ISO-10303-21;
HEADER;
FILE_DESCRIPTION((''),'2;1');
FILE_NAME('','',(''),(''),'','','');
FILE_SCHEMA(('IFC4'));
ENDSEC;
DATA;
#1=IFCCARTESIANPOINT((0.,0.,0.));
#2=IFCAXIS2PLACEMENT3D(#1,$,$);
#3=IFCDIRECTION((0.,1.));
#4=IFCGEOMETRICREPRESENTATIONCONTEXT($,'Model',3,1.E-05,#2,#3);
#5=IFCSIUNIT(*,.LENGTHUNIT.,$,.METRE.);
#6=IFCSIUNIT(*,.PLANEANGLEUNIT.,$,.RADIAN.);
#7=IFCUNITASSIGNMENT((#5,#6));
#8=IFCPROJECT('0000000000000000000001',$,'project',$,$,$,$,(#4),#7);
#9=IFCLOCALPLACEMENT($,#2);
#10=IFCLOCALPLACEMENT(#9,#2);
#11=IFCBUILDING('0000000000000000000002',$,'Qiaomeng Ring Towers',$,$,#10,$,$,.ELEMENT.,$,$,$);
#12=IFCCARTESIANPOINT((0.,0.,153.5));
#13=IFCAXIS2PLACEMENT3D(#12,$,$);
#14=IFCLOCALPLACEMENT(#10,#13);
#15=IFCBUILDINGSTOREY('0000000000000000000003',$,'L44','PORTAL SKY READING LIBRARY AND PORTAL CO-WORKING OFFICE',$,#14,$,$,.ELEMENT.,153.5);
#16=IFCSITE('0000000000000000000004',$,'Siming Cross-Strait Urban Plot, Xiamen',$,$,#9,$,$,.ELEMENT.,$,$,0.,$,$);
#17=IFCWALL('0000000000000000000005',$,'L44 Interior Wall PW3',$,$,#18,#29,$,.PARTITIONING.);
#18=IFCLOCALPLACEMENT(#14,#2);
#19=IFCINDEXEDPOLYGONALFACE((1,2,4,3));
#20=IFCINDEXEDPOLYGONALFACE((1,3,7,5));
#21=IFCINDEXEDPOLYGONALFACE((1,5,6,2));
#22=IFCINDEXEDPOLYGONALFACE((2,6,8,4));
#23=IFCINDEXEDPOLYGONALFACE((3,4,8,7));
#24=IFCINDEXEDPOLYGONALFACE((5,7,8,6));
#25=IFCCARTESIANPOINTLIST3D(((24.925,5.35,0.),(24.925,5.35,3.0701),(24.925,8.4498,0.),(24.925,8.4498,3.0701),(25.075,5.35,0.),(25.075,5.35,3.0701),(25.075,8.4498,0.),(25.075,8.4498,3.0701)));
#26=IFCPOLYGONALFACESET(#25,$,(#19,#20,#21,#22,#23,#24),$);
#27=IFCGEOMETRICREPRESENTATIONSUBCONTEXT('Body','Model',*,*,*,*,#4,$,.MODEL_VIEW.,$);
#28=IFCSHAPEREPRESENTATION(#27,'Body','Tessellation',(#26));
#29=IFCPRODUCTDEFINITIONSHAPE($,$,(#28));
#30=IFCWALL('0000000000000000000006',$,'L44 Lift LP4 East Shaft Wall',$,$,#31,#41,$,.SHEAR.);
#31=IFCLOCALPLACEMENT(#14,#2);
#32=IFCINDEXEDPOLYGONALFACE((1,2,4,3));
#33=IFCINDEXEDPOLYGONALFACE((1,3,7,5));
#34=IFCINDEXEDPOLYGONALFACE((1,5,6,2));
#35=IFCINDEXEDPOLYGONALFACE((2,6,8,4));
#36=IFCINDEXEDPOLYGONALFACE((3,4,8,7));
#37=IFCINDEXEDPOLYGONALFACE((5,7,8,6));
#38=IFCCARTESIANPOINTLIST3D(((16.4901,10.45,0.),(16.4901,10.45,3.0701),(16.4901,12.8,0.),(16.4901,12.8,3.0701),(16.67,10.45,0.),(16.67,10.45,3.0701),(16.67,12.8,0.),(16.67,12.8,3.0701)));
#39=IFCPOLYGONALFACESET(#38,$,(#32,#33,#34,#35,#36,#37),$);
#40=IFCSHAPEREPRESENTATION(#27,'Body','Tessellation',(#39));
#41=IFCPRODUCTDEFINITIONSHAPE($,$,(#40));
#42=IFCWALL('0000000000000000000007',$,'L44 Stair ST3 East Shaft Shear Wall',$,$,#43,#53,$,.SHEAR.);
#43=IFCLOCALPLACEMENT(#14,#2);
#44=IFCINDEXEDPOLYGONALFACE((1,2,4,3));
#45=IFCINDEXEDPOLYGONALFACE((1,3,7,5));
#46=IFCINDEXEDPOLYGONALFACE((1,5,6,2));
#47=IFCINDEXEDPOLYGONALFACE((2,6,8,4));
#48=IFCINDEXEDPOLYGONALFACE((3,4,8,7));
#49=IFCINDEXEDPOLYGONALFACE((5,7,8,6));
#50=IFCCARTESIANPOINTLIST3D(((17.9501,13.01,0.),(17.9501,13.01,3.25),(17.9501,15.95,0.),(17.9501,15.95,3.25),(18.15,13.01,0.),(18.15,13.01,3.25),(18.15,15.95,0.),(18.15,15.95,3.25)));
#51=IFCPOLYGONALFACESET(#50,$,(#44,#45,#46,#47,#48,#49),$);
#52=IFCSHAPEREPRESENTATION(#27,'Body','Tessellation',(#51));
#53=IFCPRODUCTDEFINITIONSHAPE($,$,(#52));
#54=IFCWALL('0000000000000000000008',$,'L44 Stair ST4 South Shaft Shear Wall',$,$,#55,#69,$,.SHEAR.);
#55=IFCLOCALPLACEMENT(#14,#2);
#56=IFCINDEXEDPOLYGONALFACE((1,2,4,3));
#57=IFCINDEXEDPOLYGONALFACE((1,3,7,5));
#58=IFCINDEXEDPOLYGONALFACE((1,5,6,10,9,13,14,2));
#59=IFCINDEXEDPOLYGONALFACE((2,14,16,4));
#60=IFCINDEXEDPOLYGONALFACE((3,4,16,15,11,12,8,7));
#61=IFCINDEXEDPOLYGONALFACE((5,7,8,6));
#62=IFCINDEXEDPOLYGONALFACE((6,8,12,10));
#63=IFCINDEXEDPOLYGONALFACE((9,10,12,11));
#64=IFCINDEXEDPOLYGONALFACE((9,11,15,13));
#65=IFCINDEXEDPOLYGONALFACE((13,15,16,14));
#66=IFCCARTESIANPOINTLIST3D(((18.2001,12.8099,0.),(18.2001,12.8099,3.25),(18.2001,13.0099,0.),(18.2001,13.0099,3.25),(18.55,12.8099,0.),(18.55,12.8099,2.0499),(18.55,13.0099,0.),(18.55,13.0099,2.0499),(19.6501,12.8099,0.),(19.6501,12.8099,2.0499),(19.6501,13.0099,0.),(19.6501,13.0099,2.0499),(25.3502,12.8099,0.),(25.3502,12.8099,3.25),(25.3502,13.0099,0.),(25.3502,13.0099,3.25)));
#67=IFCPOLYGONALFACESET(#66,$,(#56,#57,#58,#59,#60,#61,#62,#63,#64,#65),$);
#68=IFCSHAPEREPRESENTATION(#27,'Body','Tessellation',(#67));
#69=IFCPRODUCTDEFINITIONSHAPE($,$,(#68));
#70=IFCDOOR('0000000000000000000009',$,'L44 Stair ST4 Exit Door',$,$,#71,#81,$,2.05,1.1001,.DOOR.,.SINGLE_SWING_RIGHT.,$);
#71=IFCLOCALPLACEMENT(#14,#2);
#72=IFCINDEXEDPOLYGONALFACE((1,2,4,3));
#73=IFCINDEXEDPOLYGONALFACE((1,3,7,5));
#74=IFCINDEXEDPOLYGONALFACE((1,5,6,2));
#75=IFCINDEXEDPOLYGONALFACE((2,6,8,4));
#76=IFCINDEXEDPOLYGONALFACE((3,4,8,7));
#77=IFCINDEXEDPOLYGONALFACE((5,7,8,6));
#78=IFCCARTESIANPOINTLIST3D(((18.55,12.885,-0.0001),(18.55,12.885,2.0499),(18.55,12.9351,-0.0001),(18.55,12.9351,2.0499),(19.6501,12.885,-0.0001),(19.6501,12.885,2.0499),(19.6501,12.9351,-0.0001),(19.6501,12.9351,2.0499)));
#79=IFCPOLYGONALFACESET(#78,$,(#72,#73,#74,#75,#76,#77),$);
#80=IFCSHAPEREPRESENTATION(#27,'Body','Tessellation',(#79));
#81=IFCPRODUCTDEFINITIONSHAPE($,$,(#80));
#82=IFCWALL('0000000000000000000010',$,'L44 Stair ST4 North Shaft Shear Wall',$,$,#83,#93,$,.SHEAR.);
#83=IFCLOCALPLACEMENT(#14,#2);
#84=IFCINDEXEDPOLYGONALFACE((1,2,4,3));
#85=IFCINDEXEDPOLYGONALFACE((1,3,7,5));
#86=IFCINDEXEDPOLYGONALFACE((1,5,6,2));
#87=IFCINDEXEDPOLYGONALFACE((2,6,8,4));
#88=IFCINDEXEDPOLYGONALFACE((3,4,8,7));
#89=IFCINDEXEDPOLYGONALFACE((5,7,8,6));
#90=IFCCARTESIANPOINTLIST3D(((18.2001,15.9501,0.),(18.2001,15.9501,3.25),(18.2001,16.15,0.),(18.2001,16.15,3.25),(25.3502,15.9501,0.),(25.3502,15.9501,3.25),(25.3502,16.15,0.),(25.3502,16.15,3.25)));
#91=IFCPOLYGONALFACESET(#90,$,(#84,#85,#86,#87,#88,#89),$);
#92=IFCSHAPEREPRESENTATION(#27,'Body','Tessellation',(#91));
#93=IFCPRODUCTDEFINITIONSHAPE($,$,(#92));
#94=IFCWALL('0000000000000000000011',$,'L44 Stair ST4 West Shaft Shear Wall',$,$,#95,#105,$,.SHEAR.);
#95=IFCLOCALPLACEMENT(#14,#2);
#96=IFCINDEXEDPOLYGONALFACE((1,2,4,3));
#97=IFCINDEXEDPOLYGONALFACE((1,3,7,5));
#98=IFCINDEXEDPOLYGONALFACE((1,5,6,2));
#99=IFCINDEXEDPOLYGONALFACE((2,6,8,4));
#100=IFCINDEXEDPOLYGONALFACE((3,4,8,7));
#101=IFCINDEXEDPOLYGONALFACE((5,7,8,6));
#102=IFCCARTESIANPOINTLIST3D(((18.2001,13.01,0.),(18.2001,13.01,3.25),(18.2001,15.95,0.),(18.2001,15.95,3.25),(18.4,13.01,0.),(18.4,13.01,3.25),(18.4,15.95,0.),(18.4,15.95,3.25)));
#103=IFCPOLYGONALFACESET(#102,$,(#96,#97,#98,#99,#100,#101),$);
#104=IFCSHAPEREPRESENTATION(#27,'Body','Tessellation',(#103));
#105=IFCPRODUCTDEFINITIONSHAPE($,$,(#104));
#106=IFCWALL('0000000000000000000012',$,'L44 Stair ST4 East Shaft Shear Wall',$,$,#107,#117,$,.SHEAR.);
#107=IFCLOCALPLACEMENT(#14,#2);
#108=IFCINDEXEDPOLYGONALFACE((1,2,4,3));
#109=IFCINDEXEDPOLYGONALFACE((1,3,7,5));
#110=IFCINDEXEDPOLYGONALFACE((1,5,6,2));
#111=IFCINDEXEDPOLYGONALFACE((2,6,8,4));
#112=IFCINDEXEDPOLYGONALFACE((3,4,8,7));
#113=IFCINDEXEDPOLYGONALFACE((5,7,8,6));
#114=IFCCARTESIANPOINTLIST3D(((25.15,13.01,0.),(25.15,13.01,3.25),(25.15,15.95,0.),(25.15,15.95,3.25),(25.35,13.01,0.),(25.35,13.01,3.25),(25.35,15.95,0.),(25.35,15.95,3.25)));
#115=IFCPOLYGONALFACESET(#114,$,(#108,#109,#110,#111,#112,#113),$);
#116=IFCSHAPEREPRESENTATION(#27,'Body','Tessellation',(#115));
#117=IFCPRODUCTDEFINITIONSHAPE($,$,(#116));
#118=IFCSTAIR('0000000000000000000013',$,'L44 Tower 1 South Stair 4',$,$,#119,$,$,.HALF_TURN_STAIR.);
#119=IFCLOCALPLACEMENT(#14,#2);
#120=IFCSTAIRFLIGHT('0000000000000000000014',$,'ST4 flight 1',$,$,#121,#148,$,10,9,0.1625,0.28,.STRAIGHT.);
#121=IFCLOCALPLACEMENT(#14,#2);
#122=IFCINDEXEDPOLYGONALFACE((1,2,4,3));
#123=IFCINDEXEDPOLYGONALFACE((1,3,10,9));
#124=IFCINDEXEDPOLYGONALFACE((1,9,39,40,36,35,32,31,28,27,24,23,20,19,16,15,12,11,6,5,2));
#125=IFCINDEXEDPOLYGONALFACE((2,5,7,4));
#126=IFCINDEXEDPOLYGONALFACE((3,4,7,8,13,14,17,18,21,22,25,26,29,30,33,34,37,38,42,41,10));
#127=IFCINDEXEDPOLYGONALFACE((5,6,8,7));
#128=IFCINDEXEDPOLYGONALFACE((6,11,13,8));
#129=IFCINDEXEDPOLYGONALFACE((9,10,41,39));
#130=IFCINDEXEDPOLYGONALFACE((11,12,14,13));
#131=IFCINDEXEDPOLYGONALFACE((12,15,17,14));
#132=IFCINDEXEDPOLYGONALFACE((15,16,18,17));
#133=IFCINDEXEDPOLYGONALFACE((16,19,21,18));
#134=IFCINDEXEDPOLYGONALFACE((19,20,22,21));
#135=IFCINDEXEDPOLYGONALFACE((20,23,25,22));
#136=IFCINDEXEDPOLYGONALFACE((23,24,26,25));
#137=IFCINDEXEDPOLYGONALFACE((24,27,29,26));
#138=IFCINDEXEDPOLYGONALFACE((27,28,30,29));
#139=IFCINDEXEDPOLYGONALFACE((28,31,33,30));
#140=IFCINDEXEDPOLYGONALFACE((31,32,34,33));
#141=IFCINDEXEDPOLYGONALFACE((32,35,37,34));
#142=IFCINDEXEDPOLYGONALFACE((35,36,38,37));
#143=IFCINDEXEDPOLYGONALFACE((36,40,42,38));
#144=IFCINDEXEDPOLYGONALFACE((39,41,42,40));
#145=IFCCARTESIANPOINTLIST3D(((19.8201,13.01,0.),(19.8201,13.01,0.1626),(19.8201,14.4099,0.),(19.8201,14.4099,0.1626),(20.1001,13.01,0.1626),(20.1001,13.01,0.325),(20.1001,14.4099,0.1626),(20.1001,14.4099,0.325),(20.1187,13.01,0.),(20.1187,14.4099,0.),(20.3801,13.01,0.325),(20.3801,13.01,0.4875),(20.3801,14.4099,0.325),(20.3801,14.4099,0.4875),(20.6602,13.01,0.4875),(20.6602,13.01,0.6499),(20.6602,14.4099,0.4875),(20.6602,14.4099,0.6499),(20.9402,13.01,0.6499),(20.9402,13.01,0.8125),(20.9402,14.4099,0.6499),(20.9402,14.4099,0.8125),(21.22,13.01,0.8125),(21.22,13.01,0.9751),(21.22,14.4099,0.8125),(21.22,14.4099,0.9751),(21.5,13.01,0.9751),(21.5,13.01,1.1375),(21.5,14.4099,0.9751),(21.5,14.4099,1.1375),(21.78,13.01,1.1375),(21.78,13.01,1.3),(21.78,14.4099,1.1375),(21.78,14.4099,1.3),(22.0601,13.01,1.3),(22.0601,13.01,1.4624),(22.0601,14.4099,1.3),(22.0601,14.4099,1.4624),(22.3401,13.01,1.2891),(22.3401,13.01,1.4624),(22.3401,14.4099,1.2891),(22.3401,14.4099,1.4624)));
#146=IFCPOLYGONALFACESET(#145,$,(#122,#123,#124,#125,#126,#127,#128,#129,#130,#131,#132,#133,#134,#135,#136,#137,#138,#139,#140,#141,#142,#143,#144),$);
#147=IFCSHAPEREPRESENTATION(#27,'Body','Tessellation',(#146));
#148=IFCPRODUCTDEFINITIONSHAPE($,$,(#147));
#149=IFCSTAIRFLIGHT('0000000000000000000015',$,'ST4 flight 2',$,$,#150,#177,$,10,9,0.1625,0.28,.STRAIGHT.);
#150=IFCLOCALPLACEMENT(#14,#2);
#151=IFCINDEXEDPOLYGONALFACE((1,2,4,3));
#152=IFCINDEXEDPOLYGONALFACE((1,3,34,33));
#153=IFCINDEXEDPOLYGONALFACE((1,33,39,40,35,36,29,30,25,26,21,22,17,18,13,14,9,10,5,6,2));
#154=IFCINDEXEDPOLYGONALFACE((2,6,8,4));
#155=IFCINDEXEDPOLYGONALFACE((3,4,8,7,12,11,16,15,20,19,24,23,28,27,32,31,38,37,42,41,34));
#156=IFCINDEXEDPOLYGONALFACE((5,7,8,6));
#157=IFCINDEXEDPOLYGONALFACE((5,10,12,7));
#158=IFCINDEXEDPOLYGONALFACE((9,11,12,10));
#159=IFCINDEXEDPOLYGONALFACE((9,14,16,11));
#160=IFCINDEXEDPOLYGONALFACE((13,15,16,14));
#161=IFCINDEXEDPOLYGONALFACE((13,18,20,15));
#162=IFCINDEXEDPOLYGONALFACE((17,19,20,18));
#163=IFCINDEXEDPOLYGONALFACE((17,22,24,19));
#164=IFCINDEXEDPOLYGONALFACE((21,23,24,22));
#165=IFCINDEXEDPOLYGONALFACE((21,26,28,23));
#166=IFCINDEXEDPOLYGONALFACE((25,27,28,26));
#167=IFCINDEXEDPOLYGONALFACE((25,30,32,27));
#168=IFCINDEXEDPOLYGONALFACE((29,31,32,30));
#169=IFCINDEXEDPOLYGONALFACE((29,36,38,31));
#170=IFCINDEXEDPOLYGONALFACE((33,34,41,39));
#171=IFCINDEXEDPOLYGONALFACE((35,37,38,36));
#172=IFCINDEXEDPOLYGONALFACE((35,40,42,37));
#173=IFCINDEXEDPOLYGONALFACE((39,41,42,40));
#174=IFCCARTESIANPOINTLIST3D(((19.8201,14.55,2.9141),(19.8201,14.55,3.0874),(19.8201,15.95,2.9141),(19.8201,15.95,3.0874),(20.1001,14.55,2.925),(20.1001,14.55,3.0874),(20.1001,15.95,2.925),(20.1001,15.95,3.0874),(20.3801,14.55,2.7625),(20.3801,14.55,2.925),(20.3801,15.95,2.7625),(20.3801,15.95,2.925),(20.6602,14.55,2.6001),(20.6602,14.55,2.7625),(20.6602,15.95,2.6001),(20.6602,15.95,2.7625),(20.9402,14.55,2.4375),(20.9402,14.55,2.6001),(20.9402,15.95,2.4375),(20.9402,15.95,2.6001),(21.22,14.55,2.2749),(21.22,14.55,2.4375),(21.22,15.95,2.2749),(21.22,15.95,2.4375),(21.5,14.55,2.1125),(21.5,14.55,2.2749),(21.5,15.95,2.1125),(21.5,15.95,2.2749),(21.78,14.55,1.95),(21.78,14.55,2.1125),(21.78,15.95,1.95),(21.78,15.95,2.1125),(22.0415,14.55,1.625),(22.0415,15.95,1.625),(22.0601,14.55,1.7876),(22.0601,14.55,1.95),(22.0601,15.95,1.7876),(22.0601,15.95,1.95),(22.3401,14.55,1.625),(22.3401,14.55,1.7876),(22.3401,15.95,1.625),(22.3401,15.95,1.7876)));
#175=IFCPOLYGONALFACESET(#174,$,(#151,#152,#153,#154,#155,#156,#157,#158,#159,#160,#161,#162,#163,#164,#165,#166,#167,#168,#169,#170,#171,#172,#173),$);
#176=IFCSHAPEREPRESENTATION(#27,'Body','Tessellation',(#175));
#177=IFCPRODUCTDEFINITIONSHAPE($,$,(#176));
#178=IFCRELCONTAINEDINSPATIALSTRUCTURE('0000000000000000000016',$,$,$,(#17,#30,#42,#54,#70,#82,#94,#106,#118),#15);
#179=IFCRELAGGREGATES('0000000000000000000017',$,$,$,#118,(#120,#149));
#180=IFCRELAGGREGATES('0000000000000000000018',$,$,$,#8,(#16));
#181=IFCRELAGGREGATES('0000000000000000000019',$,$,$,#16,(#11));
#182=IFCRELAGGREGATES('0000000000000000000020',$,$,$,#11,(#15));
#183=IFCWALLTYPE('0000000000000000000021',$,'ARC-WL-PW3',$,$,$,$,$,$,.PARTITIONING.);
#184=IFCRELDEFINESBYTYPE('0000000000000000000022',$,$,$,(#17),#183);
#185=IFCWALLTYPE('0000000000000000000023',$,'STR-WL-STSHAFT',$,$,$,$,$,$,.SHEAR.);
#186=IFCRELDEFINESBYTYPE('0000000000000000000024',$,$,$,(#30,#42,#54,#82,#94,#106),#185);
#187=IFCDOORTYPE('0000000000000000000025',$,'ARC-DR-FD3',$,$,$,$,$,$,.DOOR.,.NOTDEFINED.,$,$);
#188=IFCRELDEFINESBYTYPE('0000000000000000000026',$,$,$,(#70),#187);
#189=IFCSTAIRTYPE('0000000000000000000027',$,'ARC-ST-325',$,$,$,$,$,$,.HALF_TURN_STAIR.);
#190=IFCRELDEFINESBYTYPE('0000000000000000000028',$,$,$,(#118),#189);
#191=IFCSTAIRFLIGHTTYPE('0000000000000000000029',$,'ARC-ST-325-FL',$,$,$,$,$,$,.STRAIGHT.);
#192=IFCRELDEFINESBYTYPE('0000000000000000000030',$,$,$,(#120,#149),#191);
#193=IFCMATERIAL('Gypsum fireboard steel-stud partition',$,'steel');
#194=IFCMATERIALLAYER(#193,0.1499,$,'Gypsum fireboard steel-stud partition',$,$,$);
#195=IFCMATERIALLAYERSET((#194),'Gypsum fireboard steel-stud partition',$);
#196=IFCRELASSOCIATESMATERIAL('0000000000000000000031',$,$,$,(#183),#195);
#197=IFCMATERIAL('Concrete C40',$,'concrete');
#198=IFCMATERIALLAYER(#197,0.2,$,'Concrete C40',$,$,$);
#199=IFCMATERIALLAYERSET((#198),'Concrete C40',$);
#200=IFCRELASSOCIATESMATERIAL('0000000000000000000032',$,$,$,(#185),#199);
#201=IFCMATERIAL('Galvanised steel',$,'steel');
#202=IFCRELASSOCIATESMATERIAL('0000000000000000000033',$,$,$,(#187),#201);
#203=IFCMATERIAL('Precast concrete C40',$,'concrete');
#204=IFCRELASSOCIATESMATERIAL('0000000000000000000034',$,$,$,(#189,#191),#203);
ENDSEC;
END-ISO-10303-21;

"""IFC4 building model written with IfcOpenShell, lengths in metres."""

from ifc_helpers import new_model, si_unit, direction, frame, frame_2d, origin, place, context, subcontext, project, spatial, polyline, rectangle, outline, extrude, source, transform, mapped, material, layer, layer_set, type_object, element, fill, aggregate, save


model = new_model("IFC4")

# Units and contexts
model_context = context("Model", 3, precision=1e-05, world=origin(), true_north=direction((0.0, 1.0)))
body_context = subcontext(model_context, "Body", "Model", "MODEL_VIEW")
ifc_project = project(units=[si_unit("LENGTHUNIT", "METRE"), si_unit("PLANEANGLEUNIT", "RADIAN")], contexts=[model_context])

# Site, building, storey
site_placement = place(None, origin())
site = spatial("IfcSite", under=ifc_project, at=site_placement, Name="Siming Cross-Strait Urban Plot, Xiamen", CompositionType="ELEMENT", RefElevation=0.0)
building_placement = place(site_placement, origin())
building = spatial("IfcBuilding", under=site, at=building_placement, Name="Qiaomeng Ring Towers", CompositionType="ELEMENT")
storey_placement = place(building_placement, frame((0.0, 0.0, 153.5)))
storey = spatial("IfcBuildingStorey", under=building, at=storey_placement, Name="L44", Description="PORTAL SKY READING LIBRARY AND PORTAL CO-WORKING OFFICE", CompositionType="ELEMENT", Elevation=153.5)

# Walls
ifc_material_1 = material(Name="Gypsum fireboard steel-stud partition", Category="steel")
ifc_layer_1 = layer(ifc_material_1, 0.1499, Name="Gypsum fireboard steel-stud partition")
ifc_layer_set_1 = layer_set([ifc_layer_1], Name="Gypsum fireboard steel-stud partition")
wall_type_1 = type_object("IfcWallType", Name="ARC-WL-PW3", PredefinedType="PARTITIONING", material=ifc_layer_set_1)
for number, where, z_axis, x_axis, name in (
    (1, (25.0, 5.3501, 0.0), (0.0, 0.0, 1.0), (0.0, 1.0, 0.0), "L44 Interior Wall PW3"),
):
    element("IfcWall", number, at=place(storey_placement, frame(where, z_axis=z_axis, x_axis=x_axis)), inside=storey, type_object=wall_type_1, Name=name, PredefinedType="PARTITIONING", context=body_context, shape_type="SweptSolid", body=[
        extrude(rectangle(XDim=3.0999, YDim=0.1499, at=frame_2d((1.5498, 0.0))), origin(), (0.0, 0.0, 1.0), 3.0701),
    ])
ifc_material_2 = material(Name="Concrete C40", Category="concrete")
ifc_layer_2 = layer(ifc_material_2, 0.2, Name="Concrete C40")
ifc_layer_set_2 = layer_set([ifc_layer_2], Name="Concrete C40")
wall_type_2 = type_object("IfcWallType", Name="STR-WL-STSHAFT", PredefinedType="SHEAR", material=ifc_layer_set_2)
wall_1_placement = place(storey_placement, frame((16.5801, 10.45, 0.0), z_axis=(0.0, 0.0, 1.0), x_axis=(0.0, 1.0, 0.0)))
element("IfcWall", 2, at=wall_1_placement, inside=storey, type_object=wall_type_2, Name="L44 Lift LP4 East Shaft Wall", PredefinedType="SHEAR", context=body_context, shape_type="SweptSolid", body=[
    extrude(rectangle(XDim=2.3501, YDim=0.1799, at=frame_2d((1.175, 0.0))), origin(), (0.0, 0.0, 1.0), 3.0701),
])
wall_2_placement = place(storey_placement, frame((18.05, 13.01, 0.0), z_axis=(0.0, 0.0, 1.0), x_axis=(0.0, 1.0, 0.0)))
element("IfcWall", 3, at=wall_2_placement, inside=storey, type_object=wall_type_2, Name="L44 Stair ST3 East Shaft Shear Wall", PredefinedType="SHEAR", context=body_context, shape_type="SweptSolid", body=[
    extrude(rectangle(XDim=2.9399, YDim=0.2, at=frame_2d((1.47, 0.0))), origin(), (0.0, 0.0, 1.0), 3.25),
])

# Wall, opening, door
wall_3_placement = place(storey_placement, frame((18.2, 12.9099, 0.0), z_axis=(0.0, 0.0, 1.0), x_axis=(1.0, 0.0, 0.0)))
wall_3 = element("IfcWall", 4, at=wall_3_placement, inside=storey, type_object=wall_type_2, Name="L44 Stair ST4 South Shaft Shear Wall", PredefinedType="SHEAR", context=body_context, shape_type="SweptSolid", body=[
    extrude(rectangle(XDim=7.1501, YDim=0.2, at=frame_2d((3.5752, 0.0))), origin(), (0.0, 0.0, 1.0), 3.25),
])
opening_placement = place(wall_3_placement, frame((0.3501, 0.0, 0.0)))
opening = element("IfcOpeningElement", 5, at=opening_placement, cuts=wall_3, PredefinedType="OPENING", context=body_context, shape_type="SweptSolid", body=[
    extrude(rectangle(XDim=1.1001, YDim=2.05, at=frame_2d((0.55, 1.0249))), frame((0.0, 0.1099, 0.0), z_axis=(0.0, -1.0, 0.0), x_axis=(1.0, 0.0, 0.0)), (0.0, 0.0, 1.0), 0.22),
])
ifc_material_3 = material(Name="Galvanised steel", Category="steel")
door_type = type_object("IfcDoorType", Name="ARC-DR-FD3", OperationType="NOTDEFINED", PredefinedType="DOOR", material=ifc_material_3)
shared_shape_1 = source(origin(), body_context, "Body", "SweptSolid", [
    extrude(rectangle(XDim=1.1001, YDim=2.05, at=frame_2d((0.55, 1.0249))), frame((0.0, 0.0249, 0.0), z_axis=(0.0, -1.0, 0.0), x_axis=(1.0, 0.0, 0.0)), (0.0, 0.0, 1.0), 0.05),
])
door_placement = place(opening_placement, frame((1.1001, 0.0, 0.0), z_axis=(0.0, 0.0, 1.0), x_axis=(-1.0, 0.0, 0.0)))
door = element("IfcDoor", 6, at=door_placement, inside=storey, type_object=door_type, Name="L44 Stair ST4 Exit Door", OperationType="SINGLE_SWING_RIGHT", OverallHeight=2.05, OverallWidth=1.1001, PredefinedType="DOOR", context=body_context, shape_type="MappedRepresentation", body=[
    mapped(shared_shape_1, transform((0.0, 0.0, 0.0), x_axis=(1.0, 0.0, 0.0), y_axis=(0.0, 1.0, 0.0), z_axis=(0.0, 0.0, 1.0), scale=1.0)),
])
fill(opening, door)

# Walls
wall_4_placement = place(storey_placement, frame((18.2, 16.05, 0.0), z_axis=(0.0, 0.0, 1.0), x_axis=(1.0, 0.0, 0.0)))
element("IfcWall", 7, at=wall_4_placement, inside=storey, type_object=wall_type_2, Name="L44 Stair ST4 North Shaft Shear Wall", PredefinedType="SHEAR", context=body_context, shape_type="SweptSolid", body=[
    extrude(rectangle(XDim=7.1501, YDim=0.2, at=frame_2d((3.5752, 0.0))), origin(), (0.0, 0.0, 1.0), 3.25),
])
for number, where, z_axis, x_axis, name in (
    (8, (18.3, 13.01, 0.0), (0.0, 0.0, 1.0), (0.0, 1.0, 0.0), "L44 Stair ST4 West Shaft Shear Wall"),
    (9, (25.25, 13.01, 0.0), (0.0, 0.0, 1.0), (0.0, 1.0, 0.0), "L44 Stair ST4 East Shaft Shear Wall"),
):
    element("IfcWall", number, at=place(storey_placement, frame(where, z_axis=z_axis, x_axis=x_axis)), inside=storey, type_object=wall_type_2, Name=name, PredefinedType="SHEAR", context=body_context, shape_type="SweptSolid", body=[
        extrude(rectangle(XDim=2.9399, YDim=0.2, at=frame_2d((1.47, 0.0))), origin(), (0.0, 0.0, 1.0), 3.25),
    ])

# Stair, stair flights
ifc_material_4 = material(Name="Precast concrete C40", Category="concrete")
stair_type = type_object("IfcStairType", Name="ARC-ST-325", PredefinedType="HALF_TURN_STAIR", material=ifc_material_4)
stair_placement = place(storey_placement, origin())
stair = element("IfcStair", 10, at=stair_placement, inside=storey, type_object=stair_type, Name="L44 Tower 1 South Stair 4", PredefinedType="HALF_TURN_STAIR")
stair_flight_type = type_object("IfcStairFlightType", Name="ARC-ST-325-FL", PredefinedType="STRAIGHT", material=ifc_material_4)
shared_shape_2 = source(origin(), body_context, "Body", "SweptSolid", [
    extrude(outline(polyline([(0.0, 0.0), (0.0, 0.1626), (0.28, 0.1626), (0.28, 0.325), (0.5601, 0.325), (0.5601, 0.4875), (0.8401, 0.4875), (0.8401, 0.6499), (1.1201, 0.6499), (1.1201, 0.8125), (1.3999, 0.8125), (1.3999, 0.9751), (1.6799, 0.9751), (1.6799, 1.1375), (1.96, 1.1375), (1.96, 1.3), (2.24, 1.3), (2.24, 1.4624), (2.52, 1.4624), (2.52, 1.625), (2.52, 1.2891), (0.2986, 0.0), (0.0, 0.0)])), frame((0.0, 0.7, 0.0), z_axis=(0.0, -1.0, 0.0), x_axis=(1.0, 0.0, 0.0)), (0.0, 0.0, 1.0), 1.3999),
])
stair_flight_1_placement = place(storey_placement, frame((19.8201, 13.71, 0.0), z_axis=(0.0, 0.0, 1.0), x_axis=(1.0, 0.0, 0.0)))
stair_flight_1 = element("IfcStairFlight", 11, at=stair_flight_1_placement, type_object=stair_flight_type, Name="ST4 flight 1", NumberOfRisers=10, NumberOfTreads=9, PredefinedType="STRAIGHT", RiserHeight=0.1625, TreadLength=0.28, context=body_context, shape_type="MappedRepresentation", body=[
    mapped(shared_shape_2, transform((0.0, 0.0, 0.0), x_axis=(1.0, 0.0, 0.0), y_axis=(0.0, 1.0, 0.0), z_axis=(0.0, 0.0, 1.0), scale=1.0)),
])
stair_flight_2_placement = place(storey_placement, frame((22.3401, 15.25, 1.625), z_axis=(0.0, 0.0, 1.0), x_axis=(-1.0, 0.0, 0.0)))
stair_flight_2 = element("IfcStairFlight", 12, at=stair_flight_2_placement, type_object=stair_flight_type, Name="ST4 flight 2", NumberOfRisers=10, NumberOfTreads=9, PredefinedType="STRAIGHT", RiserHeight=0.1625, TreadLength=0.28, context=body_context, shape_type="MappedRepresentation", body=[
    mapped(shared_shape_2, transform((0.0, 0.0, 0.0), x_axis=(1.0, 0.0, 0.0), y_axis=(0.0, 1.0, 0.0), z_axis=(0.0, 0.0, 1.0), scale=1.0)),
])
aggregate(stair, [stair_flight_1, stair_flight_2])

save(model, "model.ifc")
